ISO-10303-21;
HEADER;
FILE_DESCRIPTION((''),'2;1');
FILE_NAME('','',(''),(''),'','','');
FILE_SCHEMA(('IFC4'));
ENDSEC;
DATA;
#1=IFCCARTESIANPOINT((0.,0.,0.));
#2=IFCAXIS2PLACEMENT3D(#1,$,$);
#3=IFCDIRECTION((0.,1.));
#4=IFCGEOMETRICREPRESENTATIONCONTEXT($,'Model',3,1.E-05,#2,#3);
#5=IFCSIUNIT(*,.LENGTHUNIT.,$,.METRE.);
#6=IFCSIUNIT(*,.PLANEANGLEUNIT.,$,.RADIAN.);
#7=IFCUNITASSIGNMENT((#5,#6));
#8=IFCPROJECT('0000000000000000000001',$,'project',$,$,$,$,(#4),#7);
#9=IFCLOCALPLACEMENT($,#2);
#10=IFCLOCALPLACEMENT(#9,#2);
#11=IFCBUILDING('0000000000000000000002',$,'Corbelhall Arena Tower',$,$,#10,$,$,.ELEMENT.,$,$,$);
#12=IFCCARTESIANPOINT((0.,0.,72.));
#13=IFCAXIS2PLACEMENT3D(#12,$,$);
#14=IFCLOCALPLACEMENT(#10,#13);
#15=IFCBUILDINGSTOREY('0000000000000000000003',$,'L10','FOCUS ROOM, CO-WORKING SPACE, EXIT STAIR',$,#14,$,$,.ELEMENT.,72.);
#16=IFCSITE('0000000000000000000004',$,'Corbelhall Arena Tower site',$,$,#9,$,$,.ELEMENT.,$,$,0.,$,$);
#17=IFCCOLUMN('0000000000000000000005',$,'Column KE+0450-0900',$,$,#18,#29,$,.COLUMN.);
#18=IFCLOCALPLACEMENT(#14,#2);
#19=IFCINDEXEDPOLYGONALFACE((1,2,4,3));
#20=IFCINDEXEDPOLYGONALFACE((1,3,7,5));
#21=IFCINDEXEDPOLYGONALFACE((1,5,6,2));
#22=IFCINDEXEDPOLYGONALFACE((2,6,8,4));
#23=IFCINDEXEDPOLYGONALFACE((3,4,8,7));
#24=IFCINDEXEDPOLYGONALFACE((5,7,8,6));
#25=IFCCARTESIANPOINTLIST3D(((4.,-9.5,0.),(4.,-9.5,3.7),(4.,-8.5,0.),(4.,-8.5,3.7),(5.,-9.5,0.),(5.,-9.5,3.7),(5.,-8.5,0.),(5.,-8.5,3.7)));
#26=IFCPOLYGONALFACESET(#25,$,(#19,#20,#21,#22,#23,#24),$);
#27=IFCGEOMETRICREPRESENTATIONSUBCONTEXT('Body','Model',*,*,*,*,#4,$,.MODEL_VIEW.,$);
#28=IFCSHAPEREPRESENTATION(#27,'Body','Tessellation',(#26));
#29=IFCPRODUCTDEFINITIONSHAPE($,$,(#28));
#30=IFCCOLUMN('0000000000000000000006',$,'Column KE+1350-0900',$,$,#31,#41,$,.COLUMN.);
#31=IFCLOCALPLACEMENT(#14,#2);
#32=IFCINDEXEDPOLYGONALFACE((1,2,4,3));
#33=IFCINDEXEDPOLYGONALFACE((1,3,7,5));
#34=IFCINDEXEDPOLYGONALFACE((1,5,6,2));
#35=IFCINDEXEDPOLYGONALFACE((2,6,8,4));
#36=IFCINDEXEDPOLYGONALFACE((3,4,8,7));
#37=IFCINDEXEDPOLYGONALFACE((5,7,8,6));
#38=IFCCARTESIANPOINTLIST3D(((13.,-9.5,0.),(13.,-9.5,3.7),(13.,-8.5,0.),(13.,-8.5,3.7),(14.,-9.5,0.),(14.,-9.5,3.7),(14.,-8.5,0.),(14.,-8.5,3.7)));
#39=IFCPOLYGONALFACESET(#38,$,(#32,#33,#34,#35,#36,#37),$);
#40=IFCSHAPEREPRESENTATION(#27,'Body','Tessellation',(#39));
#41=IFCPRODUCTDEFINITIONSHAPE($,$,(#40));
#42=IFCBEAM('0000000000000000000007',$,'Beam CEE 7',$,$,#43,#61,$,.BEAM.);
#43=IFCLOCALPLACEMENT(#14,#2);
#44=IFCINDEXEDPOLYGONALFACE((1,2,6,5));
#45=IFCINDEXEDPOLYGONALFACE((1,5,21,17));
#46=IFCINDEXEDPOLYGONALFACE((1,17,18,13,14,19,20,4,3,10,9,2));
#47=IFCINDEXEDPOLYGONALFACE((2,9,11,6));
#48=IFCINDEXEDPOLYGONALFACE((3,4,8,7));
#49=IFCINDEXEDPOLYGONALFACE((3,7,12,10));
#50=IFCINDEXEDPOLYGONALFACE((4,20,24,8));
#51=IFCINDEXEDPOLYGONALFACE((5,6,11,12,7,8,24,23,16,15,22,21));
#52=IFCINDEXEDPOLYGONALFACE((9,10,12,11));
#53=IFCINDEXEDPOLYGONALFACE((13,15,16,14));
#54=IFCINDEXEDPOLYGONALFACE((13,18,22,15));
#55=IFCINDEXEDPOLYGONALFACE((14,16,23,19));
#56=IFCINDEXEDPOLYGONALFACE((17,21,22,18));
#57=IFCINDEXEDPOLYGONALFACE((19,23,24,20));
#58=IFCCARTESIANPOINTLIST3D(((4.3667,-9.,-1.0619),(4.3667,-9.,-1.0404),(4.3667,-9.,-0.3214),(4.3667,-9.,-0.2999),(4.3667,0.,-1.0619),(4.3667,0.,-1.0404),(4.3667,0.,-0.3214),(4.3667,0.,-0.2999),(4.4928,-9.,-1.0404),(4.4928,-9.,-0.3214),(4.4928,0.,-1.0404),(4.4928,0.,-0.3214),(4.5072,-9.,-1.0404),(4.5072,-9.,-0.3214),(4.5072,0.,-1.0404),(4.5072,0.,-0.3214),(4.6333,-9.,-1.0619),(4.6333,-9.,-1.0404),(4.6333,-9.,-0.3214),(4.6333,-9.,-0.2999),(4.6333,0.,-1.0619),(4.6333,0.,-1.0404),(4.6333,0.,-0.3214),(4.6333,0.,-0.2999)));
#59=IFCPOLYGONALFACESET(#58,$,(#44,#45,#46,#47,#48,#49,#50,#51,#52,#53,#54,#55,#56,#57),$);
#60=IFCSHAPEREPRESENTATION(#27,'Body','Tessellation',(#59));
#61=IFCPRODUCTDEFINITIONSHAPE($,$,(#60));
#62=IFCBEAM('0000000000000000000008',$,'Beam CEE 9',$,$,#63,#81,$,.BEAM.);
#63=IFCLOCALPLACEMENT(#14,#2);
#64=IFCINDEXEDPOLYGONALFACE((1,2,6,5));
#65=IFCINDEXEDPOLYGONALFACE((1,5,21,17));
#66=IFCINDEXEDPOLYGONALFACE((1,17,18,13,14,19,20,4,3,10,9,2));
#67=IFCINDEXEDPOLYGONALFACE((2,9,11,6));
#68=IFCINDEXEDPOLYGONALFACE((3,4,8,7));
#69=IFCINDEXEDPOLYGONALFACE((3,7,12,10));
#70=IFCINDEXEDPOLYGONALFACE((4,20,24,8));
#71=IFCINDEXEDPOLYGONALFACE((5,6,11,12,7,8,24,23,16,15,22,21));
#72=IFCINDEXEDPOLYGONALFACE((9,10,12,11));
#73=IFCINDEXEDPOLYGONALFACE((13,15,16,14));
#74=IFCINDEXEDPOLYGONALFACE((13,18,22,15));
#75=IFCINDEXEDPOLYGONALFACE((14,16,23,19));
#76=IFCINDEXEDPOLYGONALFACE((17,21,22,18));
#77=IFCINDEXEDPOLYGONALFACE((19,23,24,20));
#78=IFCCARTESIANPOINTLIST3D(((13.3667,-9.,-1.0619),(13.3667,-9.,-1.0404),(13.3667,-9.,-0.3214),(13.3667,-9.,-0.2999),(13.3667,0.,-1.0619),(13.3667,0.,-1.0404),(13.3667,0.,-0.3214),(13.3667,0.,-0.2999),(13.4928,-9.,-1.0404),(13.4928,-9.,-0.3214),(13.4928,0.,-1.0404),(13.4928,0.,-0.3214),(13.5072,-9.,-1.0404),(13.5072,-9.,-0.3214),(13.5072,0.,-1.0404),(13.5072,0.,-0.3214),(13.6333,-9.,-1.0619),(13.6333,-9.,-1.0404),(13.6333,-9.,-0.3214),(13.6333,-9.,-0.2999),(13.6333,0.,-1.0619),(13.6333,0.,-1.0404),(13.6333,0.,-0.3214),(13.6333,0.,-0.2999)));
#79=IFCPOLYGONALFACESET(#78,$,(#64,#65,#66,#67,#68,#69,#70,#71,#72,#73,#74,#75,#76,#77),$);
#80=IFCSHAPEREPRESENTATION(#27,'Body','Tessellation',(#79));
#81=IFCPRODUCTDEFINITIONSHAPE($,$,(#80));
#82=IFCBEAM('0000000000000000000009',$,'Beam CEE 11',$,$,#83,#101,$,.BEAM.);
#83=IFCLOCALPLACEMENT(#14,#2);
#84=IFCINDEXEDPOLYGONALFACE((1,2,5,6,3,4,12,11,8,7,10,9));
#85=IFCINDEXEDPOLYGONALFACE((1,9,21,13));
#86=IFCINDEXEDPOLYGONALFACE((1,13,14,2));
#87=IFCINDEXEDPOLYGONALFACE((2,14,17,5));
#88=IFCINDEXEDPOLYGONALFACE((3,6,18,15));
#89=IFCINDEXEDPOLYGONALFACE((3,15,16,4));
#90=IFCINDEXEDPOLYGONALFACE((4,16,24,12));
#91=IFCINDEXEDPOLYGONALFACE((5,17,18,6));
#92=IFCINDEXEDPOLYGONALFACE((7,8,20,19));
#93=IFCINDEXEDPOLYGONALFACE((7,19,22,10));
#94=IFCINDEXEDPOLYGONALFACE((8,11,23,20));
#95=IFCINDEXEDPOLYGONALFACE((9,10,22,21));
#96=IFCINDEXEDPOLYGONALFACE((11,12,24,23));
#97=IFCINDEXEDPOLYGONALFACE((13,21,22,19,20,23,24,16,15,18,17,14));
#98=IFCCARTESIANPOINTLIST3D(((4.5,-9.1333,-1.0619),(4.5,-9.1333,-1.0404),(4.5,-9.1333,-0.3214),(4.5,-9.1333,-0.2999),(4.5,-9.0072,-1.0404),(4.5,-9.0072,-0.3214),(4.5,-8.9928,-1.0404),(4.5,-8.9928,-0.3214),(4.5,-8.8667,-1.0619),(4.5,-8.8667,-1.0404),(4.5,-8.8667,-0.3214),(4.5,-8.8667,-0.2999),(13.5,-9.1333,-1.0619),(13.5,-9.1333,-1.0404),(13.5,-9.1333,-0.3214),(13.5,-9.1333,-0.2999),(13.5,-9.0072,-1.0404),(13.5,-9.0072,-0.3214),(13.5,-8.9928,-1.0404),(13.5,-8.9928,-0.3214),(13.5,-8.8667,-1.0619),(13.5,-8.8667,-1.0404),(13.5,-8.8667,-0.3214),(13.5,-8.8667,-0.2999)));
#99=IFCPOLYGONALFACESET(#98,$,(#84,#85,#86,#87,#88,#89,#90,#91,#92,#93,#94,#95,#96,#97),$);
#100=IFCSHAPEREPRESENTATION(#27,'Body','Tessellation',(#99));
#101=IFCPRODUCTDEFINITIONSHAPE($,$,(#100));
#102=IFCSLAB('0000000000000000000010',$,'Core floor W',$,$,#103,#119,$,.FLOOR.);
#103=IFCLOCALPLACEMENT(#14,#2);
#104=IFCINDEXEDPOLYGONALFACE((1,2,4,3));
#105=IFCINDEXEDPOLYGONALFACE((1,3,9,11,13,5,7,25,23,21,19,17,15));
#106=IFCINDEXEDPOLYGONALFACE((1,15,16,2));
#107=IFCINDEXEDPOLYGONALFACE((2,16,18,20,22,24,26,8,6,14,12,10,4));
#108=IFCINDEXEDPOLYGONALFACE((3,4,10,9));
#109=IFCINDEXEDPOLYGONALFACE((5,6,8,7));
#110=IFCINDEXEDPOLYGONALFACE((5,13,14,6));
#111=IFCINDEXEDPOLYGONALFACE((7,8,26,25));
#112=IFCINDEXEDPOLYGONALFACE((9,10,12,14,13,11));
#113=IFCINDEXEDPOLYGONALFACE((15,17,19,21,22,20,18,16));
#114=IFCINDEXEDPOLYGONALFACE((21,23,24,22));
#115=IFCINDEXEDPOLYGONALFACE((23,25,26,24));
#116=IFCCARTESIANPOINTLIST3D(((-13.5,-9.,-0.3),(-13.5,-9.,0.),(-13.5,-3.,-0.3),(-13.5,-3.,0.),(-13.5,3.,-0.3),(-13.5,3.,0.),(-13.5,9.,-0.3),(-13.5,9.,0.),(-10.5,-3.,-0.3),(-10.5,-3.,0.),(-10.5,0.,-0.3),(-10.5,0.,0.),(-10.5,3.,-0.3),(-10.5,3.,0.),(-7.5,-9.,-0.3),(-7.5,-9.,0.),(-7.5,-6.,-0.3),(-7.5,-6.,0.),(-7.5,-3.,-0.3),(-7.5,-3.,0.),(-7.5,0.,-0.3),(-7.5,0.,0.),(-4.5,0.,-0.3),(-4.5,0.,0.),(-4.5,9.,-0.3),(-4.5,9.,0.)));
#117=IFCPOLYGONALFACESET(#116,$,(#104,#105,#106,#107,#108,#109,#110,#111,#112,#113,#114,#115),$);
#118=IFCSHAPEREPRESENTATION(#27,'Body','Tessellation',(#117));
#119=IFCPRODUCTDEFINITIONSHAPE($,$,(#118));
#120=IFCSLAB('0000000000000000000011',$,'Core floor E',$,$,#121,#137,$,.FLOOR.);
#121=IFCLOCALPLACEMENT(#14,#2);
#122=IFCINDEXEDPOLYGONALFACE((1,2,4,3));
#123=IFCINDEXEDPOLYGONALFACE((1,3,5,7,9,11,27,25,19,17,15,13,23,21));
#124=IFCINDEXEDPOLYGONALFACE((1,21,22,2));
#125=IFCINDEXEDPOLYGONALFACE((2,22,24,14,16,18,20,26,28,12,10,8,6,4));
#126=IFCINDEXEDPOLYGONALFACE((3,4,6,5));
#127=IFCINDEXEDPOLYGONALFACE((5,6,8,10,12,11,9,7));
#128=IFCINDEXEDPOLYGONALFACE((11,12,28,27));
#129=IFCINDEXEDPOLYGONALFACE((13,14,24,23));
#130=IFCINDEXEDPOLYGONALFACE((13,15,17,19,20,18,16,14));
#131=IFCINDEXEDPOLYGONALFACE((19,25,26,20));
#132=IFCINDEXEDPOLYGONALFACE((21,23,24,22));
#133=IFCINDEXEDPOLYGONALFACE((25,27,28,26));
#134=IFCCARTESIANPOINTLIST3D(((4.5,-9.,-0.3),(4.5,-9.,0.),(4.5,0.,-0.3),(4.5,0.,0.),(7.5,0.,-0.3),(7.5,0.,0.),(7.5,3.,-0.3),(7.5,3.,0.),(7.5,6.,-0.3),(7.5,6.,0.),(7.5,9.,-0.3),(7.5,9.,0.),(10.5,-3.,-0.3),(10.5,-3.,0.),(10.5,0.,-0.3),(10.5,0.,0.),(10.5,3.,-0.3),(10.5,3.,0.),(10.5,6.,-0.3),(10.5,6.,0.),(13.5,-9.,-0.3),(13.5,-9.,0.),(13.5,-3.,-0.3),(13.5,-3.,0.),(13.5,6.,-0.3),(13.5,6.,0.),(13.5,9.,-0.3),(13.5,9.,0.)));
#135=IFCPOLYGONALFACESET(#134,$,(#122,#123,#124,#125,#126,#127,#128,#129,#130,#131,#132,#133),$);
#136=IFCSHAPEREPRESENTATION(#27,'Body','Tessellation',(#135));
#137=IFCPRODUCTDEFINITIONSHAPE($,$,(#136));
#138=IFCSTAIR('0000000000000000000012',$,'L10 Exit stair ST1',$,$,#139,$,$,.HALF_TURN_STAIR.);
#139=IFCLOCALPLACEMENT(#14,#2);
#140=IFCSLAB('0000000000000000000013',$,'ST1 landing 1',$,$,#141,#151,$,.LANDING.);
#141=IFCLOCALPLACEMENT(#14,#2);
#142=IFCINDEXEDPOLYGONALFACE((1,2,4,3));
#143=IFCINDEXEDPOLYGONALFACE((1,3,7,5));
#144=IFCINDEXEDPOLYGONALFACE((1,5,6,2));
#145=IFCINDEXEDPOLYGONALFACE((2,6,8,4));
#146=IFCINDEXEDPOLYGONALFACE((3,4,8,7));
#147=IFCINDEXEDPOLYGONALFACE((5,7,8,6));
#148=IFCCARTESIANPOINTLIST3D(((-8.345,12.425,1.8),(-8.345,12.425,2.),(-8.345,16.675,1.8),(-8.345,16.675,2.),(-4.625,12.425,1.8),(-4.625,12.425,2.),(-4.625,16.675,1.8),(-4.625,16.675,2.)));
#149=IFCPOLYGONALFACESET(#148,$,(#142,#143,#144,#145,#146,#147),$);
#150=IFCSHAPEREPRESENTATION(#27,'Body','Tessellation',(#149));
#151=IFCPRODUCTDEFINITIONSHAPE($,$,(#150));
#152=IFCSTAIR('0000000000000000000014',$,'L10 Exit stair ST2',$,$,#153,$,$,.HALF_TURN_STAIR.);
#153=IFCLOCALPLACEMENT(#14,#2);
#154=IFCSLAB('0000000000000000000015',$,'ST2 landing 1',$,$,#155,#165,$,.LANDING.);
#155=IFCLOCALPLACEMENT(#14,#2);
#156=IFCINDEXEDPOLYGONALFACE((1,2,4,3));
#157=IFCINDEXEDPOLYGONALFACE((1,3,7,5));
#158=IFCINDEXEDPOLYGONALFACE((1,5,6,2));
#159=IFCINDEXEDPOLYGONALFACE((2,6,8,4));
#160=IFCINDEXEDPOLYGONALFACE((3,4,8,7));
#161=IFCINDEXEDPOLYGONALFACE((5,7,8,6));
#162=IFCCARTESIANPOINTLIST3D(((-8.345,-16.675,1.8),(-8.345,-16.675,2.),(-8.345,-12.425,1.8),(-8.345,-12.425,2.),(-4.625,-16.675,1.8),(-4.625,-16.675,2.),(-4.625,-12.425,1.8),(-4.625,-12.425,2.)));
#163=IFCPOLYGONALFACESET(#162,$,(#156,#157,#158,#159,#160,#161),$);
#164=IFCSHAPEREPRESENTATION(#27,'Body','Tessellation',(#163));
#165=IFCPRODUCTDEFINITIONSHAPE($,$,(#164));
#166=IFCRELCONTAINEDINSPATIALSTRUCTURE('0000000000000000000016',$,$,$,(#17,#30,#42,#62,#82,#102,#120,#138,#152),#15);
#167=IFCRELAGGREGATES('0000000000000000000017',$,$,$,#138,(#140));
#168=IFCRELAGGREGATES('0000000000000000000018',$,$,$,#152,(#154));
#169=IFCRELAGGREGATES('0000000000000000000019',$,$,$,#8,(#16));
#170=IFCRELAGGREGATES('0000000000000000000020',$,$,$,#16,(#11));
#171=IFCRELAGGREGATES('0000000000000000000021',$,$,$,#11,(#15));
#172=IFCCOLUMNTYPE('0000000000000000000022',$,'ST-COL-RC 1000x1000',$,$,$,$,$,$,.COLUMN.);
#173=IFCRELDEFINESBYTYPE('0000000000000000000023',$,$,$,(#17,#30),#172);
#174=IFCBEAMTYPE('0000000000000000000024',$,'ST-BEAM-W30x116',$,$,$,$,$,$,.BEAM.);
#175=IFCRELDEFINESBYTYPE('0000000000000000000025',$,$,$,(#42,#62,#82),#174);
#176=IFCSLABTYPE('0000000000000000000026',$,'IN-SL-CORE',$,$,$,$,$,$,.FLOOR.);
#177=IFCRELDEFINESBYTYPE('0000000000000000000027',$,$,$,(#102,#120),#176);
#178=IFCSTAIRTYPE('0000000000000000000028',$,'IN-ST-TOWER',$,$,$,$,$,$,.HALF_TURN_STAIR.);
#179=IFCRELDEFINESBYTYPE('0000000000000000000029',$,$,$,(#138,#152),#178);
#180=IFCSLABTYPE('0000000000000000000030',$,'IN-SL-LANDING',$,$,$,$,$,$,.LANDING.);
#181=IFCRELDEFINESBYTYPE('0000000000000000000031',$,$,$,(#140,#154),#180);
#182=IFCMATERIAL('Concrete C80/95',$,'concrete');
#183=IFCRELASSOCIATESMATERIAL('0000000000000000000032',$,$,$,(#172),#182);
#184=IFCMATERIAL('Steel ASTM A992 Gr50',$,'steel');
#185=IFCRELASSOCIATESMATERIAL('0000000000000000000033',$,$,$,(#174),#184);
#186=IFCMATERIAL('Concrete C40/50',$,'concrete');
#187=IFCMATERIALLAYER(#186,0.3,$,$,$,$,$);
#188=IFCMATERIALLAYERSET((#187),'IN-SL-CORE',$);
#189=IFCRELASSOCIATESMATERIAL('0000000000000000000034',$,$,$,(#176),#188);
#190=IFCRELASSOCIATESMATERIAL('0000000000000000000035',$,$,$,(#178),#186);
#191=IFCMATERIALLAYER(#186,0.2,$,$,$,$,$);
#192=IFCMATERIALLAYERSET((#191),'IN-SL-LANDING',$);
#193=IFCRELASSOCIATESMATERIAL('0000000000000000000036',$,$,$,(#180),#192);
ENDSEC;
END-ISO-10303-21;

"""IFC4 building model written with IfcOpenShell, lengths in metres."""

from ifc_helpers import new_model, si_unit, direction, frame, origin, origin_2d, place, context, subcontext, project, spatial, polyline, rectangle, i_section, outline, extrude, material, layer, layer_set, material_profile, profile_set, type_object, element, aggregate, save


model = new_model("IFC4")

# Units and contexts
model_context = context("Model", 3, precision=1e-05, world=origin(), true_north=direction((0.0, 1.0)))
body_context = subcontext(model_context, "Body", "Model", "MODEL_VIEW")
ifc_project = project(units=[si_unit("LENGTHUNIT", "METRE"), si_unit("PLANEANGLEUNIT", "RADIAN")], contexts=[model_context])

# Site, building, storey
site_placement = place(None, origin())
site = spatial("IfcSite", under=ifc_project, at=site_placement, Name="Corbelhall Arena Tower site", CompositionType="ELEMENT", RefElevation=0.0)
building_placement = place(site_placement, origin())
building = spatial("IfcBuilding", under=site, at=building_placement, Name="Corbelhall Arena Tower", CompositionType="ELEMENT")
storey_placement = place(building_placement, frame((0.0, 0.0, 72.0)))
storey = spatial("IfcBuildingStorey", under=building, at=storey_placement, Name="L10", Description="FOCUS ROOM, CO-WORKING SPACE, EXIT STAIR", CompositionType="ELEMENT", Elevation=72.0)

# Columns
ifc_material_1 = material(Name="Concrete C80/95", Category="concrete")
ifc_material_profile_1 = material_profile(ifc_material_1, rectangle(XDim=1.0, YDim=1.0, at=origin_2d()))
ifc_profile_set_1 = profile_set([ifc_material_profile_1], Name="Concrete C80/95")
column_type = type_object("IfcColumnType", Name="ST-COL-RC 1000x1000", PredefinedType="COLUMN", material=ifc_profile_set_1)
for number, where, z_axis, x_axis, name in (
    (1, (4.5, -9.0, 0.0), (0.0, 0.0, 1.0), (1.0, 0.0, 0.0), "Column KE+0450-0900"),
    (2, (13.5, -9.0, 0.0), (0.0, 0.0, 1.0), (1.0, 0.0, 0.0), "Column KE+1350-0900"),
):
    element("IfcColumn", number, at=place(storey_placement, frame(where, z_axis=z_axis, x_axis=x_axis)), inside=storey, type_object=column_type, Name=name, PredefinedType="COLUMN", context=body_context, shape_type="SweptSolid", body=[
        extrude(rectangle(XDim=1.0, YDim=1.0, at=origin_2d()), origin(), (0.0, 0.0, 1.0), 3.7),
    ])

# Beams
ifc_material_2 = material(Name="Steel ASTM A992 Gr50", Category="steel")
ifc_material_profile_2 = material_profile(ifc_material_2, i_section(OverallWidth=0.2666, OverallDepth=0.762, WebThickness=0.0144, FlangeThickness=0.0215, at=origin_2d()))
ifc_profile_set_2 = profile_set([ifc_material_profile_2], Name="Steel ASTM A992 Gr50")
beam_type = type_object("IfcBeamType", Name="ST-BEAM-W30x116", PredefinedType="BEAM", material=ifc_profile_set_2)
for number, where, z_axis, x_axis, name in (
    (3, (4.5, -9.0, -0.6809), (0.0, 1.0, 0.0), (-1.0, 0.0, 0.0), "Beam CEE 7"),
    (4, (13.5, -9.0, -0.6809), (0.0, 1.0, 0.0), (-1.0, 0.0, 0.0), "Beam CEE 9"),
    (5, (4.5, -9.0, -0.6809), (1.0, 0.0, 0.0), (0.0, 1.0, 0.0), "Beam CEE 11"),
):
    element("IfcBeam", number, at=place(storey_placement, frame(where, z_axis=z_axis, x_axis=x_axis)), inside=storey, type_object=beam_type, Name=name, PredefinedType="BEAM", context=body_context, shape_type="SweptSolid", body=[
        extrude(i_section(OverallWidth=0.2666, OverallDepth=0.762, WebThickness=0.0144, FlangeThickness=0.0215, at=origin_2d()), origin(), (0.0, 0.0, 1.0), 9.0),
    ])

# Slabs
ifc_material_3 = material(Name="Concrete C40/50", Category="concrete")
ifc_layer_1 = layer(ifc_material_3, 0.3)
ifc_layer_set_1 = layer_set([ifc_layer_1], Name="IN-SL-CORE")
slab_type_1 = type_object("IfcSlabType", Name="IN-SL-CORE", PredefinedType="FLOOR", material=ifc_layer_set_1)
slab_1_placement = place(storey_placement, frame((0.0, 0.0, -0.3)))
element("IfcSlab", 6, at=slab_1_placement, inside=storey, type_object=slab_type_1, Name="Core floor W", PredefinedType="FLOOR", context=body_context, shape_type="SweptSolid", body=[
    extrude(outline(polyline([(-7.5, 0.0), (-4.5, 0.0), (-4.5, 9.0), (-13.5, 9.0), (-13.5, 3.0), (-10.5, 3.0), (-10.5, 0.0), (-10.5, -3.0), (-13.5, -3.0), (-13.5, -9.0), (-7.5, -9.0), (-7.5, -6.0), (-7.5, -3.0), (-7.5, 0.0)])), origin(), (0.0, 0.0, 1.0), 0.3),
])
slab_2_placement = place(storey_placement, frame((0.0, 0.0, -0.3)))
element("IfcSlab", 7, at=slab_2_placement, inside=storey, type_object=slab_type_1, Name="Core floor E", PredefinedType="FLOOR", context=body_context, shape_type="SweptSolid", body=[
    extrude(outline(polyline([(7.5, 0.0), (4.5, 0.0), (4.5, -9.0), (13.5, -9.0), (13.5, -3.0), (10.5, -3.0), (10.5, 0.0), (10.5, 3.0), (10.5, 6.0), (13.5, 6.0), (13.5, 9.0), (7.5, 9.0), (7.5, 6.0), (7.5, 3.0), (7.5, 0.0)])), origin(), (0.0, 0.0, 1.0), 0.3),
])

# Stairs, slabs
stair_type = type_object("IfcStairType", Name="IN-ST-TOWER", PredefinedType="HALF_TURN_STAIR", material=ifc_material_3)
stair_1_placement = place(storey_placement, origin())
stair_1 = element("IfcStair", 8, at=stair_1_placement, inside=storey, type_object=stair_type, Name="L10 Exit stair ST1", PredefinedType="HALF_TURN_STAIR")
ifc_layer_2 = layer(ifc_material_3, 0.2)
ifc_layer_set_2 = layer_set([ifc_layer_2], Name="IN-SL-LANDING")
slab_type_2 = type_object("IfcSlabType", Name="IN-SL-LANDING", PredefinedType="LANDING", material=ifc_layer_set_2)
slab_3_placement = place(storey_placement, frame((0.0, 0.0, 1.8)))
slab_3 = element("IfcSlab", 9, at=slab_3_placement, type_object=slab_type_2, Name="ST1 landing 1", PredefinedType="LANDING", context=body_context, shape_type="SweptSolid", body=[
    extrude(outline(polyline([(-8.345, 12.425), (-4.625, 12.425), (-4.625, 16.675), (-8.345, 16.675), (-8.345, 12.425)])), origin(), (0.0, 0.0, 1.0), 0.2),
])
aggregate(stair_1, [slab_3])
stair_2_placement = place(storey_placement, origin())
stair_2 = element("IfcStair", 10, at=stair_2_placement, inside=storey, type_object=stair_type, Name="L10 Exit stair ST2", PredefinedType="HALF_TURN_STAIR")
slab_4_placement = place(storey_placement, frame((0.0, 0.0, 1.8)))
slab_4 = element("IfcSlab", 11, at=slab_4_placement, type_object=slab_type_2, Name="ST2 landing 1", PredefinedType="LANDING", context=body_context, shape_type="SweptSolid", body=[
    extrude(outline(polyline([(-8.345, -16.675), (-4.625, -16.675), (-4.625, -12.425), (-8.345, -12.425), (-8.345, -16.675)])), origin(), (0.0, 0.0, 1.0), 0.2),
])
aggregate(stair_2, [slab_4])

save(model, "model.ifc")
